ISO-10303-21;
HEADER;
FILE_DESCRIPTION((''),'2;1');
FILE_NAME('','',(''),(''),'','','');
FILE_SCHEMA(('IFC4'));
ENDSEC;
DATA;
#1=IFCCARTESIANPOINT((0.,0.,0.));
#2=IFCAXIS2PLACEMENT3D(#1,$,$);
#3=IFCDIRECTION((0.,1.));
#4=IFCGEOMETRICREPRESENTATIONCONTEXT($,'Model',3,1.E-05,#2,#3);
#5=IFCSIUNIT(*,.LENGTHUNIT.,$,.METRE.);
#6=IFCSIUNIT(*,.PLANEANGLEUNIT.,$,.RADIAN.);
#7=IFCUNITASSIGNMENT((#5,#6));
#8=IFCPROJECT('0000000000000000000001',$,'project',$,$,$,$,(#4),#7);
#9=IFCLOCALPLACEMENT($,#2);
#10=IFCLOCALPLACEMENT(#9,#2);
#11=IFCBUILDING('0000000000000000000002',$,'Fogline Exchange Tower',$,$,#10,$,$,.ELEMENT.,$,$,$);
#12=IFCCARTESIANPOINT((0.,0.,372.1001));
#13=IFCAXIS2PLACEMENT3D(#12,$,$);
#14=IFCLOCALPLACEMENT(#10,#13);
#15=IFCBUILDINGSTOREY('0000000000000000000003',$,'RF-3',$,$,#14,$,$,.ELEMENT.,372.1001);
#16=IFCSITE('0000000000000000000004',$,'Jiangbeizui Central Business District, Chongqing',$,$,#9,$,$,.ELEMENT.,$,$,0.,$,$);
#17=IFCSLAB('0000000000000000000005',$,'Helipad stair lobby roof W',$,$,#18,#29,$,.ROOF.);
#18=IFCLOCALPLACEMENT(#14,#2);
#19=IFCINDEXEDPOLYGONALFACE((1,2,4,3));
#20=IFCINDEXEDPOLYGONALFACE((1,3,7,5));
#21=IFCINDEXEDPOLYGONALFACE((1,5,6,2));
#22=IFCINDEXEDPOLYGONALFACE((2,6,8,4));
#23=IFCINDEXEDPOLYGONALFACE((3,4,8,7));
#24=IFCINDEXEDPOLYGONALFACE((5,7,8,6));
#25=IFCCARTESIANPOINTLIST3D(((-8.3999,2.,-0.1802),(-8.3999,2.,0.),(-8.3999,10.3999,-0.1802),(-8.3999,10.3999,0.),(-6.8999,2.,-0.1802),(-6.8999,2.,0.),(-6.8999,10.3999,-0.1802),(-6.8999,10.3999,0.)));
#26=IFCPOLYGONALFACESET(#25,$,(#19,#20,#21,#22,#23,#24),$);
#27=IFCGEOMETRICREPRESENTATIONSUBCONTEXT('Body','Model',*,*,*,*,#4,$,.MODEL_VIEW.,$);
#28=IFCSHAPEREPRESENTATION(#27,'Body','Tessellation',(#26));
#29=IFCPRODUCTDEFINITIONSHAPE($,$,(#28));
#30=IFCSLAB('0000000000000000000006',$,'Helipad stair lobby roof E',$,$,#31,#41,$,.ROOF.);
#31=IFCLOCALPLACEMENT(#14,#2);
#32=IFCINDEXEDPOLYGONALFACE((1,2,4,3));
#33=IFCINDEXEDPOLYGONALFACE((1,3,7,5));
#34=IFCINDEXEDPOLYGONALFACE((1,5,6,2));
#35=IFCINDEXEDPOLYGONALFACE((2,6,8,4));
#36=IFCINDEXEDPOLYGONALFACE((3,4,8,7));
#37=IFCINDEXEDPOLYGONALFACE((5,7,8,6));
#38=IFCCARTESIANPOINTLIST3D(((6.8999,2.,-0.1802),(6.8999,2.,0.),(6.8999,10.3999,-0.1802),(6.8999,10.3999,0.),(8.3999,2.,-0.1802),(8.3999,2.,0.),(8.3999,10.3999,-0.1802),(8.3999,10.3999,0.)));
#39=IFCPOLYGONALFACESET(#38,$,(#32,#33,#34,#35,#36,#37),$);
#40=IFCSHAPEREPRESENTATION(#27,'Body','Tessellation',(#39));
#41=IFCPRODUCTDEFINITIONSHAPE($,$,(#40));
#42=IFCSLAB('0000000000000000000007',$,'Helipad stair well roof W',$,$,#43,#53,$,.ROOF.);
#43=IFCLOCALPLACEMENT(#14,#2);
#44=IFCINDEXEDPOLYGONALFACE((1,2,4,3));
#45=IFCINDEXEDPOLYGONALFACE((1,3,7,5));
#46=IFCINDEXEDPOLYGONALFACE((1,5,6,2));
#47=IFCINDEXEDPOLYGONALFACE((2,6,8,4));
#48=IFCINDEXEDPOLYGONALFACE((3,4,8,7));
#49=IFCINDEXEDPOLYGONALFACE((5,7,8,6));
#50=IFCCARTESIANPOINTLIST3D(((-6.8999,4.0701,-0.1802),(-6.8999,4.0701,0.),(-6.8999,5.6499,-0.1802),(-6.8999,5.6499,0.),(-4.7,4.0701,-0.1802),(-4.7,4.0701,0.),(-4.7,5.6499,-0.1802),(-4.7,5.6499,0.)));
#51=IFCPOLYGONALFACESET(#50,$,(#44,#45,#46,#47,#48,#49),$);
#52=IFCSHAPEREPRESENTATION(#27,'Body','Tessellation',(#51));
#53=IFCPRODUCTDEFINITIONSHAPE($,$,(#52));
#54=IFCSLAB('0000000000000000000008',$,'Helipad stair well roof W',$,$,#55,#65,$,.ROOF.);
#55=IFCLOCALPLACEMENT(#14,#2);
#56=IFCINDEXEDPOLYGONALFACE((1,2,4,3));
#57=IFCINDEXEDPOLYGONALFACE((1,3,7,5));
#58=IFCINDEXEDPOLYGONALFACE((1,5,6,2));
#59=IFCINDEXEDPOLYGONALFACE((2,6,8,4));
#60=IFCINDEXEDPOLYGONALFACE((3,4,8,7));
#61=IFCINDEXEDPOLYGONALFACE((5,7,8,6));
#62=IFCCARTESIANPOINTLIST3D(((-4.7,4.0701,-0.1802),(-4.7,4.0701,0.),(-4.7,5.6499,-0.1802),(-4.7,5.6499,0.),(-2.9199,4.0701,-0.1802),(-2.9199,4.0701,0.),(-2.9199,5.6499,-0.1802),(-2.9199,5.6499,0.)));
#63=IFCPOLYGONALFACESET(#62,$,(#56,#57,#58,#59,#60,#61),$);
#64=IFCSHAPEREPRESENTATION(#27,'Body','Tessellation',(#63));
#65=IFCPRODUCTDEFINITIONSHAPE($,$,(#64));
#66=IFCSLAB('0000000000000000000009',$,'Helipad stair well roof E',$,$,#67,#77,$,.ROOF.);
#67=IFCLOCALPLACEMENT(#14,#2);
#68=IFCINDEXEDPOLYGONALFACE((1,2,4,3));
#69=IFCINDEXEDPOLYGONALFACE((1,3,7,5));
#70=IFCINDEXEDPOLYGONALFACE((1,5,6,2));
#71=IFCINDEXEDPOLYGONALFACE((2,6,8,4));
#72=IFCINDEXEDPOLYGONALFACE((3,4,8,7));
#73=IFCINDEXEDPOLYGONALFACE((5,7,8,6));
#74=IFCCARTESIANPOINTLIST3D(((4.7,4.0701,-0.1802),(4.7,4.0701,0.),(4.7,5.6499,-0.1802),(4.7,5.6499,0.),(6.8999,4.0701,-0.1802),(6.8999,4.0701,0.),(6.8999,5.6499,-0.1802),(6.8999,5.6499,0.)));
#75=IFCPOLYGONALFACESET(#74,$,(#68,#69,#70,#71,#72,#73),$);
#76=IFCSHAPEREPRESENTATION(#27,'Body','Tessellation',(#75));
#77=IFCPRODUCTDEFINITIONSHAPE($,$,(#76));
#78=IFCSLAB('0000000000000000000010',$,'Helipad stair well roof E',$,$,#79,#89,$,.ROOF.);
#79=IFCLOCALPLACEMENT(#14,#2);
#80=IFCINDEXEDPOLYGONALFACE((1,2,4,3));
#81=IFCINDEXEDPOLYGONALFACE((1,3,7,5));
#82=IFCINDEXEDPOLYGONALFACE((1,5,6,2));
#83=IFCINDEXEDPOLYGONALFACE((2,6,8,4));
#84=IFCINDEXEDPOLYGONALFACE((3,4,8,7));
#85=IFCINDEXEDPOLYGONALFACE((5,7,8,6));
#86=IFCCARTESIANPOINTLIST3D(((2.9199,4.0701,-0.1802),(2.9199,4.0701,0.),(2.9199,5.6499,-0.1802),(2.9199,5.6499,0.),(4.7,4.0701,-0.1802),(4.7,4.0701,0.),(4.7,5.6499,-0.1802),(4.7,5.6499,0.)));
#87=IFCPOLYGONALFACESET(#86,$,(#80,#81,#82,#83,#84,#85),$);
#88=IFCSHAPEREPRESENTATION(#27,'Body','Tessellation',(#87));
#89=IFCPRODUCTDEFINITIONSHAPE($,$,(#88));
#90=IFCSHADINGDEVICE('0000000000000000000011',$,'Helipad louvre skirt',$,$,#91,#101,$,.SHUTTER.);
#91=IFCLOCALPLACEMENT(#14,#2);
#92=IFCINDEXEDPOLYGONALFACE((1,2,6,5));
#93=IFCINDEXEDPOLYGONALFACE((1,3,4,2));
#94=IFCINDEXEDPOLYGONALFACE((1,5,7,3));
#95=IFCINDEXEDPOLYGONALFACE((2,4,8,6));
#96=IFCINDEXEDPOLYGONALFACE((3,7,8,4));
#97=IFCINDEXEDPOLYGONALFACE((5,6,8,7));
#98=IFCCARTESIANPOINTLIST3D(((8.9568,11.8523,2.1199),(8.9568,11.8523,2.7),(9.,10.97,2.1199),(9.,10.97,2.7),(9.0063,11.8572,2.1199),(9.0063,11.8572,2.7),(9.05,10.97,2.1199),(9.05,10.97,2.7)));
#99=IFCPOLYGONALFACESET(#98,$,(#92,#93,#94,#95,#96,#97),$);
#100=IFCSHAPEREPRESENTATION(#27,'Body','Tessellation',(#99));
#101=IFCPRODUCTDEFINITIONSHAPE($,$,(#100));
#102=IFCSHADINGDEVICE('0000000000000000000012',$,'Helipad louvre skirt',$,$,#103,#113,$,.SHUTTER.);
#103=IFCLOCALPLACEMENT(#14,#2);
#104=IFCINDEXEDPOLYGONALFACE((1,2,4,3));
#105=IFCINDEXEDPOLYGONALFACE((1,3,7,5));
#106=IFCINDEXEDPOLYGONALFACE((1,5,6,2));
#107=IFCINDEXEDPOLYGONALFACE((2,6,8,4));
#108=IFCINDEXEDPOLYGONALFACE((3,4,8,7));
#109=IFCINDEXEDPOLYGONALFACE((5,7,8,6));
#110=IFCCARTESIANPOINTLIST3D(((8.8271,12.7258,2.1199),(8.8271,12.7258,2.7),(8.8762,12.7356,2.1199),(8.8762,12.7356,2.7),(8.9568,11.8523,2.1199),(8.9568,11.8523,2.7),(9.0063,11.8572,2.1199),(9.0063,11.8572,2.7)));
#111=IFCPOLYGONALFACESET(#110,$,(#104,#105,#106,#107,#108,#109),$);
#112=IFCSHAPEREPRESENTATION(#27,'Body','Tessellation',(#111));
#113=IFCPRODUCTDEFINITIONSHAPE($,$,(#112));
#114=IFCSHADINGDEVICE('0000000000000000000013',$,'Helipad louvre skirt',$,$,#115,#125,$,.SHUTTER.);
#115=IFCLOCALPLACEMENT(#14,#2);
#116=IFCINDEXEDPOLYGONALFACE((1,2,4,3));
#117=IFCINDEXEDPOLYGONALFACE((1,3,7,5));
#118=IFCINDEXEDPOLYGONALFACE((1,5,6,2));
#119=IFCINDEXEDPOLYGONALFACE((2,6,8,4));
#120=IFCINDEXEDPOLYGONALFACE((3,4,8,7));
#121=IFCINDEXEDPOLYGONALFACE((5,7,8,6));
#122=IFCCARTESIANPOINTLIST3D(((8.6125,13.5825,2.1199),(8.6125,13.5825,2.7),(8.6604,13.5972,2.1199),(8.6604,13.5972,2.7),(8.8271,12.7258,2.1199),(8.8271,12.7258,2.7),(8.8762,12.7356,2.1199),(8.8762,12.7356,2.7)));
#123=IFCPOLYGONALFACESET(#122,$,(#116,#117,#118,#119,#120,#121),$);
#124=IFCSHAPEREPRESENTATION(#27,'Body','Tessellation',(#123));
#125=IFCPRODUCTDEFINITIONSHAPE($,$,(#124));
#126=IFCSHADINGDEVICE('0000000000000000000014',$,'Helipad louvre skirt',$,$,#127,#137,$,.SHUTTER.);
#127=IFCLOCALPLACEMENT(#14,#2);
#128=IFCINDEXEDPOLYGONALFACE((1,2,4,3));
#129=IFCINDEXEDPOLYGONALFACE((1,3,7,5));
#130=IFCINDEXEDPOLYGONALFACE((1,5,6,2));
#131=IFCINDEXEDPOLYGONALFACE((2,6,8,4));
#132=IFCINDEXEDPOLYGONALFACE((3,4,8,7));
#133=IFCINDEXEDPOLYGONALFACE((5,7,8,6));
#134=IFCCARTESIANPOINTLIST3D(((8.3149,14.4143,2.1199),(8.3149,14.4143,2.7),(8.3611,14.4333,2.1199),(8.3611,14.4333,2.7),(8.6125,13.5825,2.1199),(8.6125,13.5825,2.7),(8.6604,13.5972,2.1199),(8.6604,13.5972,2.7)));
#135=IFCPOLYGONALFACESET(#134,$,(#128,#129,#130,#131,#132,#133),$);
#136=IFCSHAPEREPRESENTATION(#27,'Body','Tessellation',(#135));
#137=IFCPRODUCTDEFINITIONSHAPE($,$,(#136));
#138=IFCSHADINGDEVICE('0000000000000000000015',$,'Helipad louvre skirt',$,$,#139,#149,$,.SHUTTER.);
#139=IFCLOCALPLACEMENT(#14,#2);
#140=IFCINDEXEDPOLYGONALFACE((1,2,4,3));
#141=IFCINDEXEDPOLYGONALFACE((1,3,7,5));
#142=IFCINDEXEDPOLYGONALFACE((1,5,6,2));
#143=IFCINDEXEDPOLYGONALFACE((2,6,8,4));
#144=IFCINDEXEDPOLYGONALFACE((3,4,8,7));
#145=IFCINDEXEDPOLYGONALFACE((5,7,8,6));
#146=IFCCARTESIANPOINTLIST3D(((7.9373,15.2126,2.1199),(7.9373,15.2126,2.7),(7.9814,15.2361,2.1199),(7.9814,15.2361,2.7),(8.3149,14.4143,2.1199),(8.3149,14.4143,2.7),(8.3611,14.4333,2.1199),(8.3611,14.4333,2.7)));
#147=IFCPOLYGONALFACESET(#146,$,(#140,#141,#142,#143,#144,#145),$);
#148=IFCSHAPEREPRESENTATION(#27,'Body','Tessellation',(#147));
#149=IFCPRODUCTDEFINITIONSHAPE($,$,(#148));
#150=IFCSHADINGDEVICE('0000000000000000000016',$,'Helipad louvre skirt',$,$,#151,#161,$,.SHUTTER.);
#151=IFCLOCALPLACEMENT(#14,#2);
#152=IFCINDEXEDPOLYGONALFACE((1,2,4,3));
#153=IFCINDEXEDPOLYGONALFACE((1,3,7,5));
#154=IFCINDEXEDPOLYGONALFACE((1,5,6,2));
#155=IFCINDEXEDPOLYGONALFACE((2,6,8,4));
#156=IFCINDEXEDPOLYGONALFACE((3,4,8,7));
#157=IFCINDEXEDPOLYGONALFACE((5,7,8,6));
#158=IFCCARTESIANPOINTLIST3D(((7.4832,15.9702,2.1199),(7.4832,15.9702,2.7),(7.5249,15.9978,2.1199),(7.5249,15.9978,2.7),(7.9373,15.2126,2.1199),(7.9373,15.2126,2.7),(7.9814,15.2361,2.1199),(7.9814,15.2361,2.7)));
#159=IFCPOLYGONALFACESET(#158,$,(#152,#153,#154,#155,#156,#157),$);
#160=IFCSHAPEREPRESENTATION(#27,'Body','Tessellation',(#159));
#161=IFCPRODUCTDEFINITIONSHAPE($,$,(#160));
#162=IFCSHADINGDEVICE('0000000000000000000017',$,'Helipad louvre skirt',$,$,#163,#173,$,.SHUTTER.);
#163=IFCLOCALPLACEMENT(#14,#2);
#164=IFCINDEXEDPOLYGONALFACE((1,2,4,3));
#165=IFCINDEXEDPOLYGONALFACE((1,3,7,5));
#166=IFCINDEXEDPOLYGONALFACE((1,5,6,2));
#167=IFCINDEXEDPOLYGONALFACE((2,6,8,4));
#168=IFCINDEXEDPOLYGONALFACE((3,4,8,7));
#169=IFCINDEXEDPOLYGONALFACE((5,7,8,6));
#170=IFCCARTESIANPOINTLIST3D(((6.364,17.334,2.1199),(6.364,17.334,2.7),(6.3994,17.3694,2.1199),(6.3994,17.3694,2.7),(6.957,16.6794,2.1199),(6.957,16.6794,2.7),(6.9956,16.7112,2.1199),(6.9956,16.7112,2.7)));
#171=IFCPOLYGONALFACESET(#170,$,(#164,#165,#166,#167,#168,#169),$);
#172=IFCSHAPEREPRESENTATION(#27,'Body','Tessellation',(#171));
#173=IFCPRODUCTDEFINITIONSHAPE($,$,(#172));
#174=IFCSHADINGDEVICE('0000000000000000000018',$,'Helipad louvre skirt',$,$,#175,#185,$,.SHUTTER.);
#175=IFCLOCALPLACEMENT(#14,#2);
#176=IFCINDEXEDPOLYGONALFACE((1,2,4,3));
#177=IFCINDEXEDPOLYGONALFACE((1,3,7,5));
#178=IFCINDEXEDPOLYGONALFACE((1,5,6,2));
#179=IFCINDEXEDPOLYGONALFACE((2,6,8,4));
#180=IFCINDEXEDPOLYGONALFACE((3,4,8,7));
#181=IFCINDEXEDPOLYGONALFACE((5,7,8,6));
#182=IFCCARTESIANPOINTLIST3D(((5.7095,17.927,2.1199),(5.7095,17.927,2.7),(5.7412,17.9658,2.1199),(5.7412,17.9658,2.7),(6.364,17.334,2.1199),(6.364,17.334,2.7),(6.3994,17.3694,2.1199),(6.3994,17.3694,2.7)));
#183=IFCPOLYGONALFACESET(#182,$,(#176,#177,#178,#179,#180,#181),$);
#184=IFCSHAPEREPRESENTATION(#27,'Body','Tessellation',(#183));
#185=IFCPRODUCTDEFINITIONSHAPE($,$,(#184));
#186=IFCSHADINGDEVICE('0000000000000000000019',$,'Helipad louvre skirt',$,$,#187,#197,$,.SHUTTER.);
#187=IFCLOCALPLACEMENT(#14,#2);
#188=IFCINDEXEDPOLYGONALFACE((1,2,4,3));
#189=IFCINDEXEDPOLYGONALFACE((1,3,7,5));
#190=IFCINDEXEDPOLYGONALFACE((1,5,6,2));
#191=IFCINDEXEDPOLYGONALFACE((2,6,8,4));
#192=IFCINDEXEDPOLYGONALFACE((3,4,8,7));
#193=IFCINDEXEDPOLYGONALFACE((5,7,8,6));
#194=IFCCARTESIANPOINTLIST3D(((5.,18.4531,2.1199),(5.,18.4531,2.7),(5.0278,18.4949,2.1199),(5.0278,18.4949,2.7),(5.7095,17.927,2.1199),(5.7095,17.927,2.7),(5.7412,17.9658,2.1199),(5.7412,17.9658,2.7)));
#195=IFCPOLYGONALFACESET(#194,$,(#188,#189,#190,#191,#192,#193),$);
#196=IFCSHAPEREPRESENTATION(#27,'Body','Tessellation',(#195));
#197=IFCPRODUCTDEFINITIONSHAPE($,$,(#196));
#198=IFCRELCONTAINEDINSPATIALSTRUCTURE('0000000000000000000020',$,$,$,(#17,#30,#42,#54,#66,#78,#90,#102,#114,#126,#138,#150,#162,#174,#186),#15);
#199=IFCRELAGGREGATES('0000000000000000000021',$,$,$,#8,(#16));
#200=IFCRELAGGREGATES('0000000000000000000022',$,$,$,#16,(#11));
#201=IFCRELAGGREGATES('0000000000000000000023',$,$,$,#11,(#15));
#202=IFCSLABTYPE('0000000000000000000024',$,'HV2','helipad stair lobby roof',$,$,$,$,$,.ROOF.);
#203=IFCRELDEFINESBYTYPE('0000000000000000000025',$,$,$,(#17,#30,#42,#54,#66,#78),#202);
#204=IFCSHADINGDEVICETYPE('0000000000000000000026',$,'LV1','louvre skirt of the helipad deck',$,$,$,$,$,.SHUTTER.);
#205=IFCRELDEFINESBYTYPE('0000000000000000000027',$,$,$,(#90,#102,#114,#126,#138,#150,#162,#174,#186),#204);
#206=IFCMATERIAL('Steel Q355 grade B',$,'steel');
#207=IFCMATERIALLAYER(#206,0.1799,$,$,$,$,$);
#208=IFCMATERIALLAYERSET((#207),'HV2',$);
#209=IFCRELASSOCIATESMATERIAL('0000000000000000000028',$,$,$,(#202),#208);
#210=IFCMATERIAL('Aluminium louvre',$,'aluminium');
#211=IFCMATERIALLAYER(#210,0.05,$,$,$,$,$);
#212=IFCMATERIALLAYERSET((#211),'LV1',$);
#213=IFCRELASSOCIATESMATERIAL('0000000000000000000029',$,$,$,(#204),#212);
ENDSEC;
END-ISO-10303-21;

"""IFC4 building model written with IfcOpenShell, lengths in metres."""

from ifc_helpers import new_model, si_unit, direction, frame, origin, place, context, subcontext, project, spatial, polyline, outline, extrude, material, layer, layer_set, type_object, element, save


model = new_model("IFC4")

# Units and contexts
model_context = context("Model", 3, precision=1e-05, world=origin(), true_north=direction((0.0, 1.0)))
body_context = subcontext(model_context, "Body", "Model", "MODEL_VIEW")
ifc_project = project(units=[si_unit("LENGTHUNIT", "METRE"), si_unit("PLANEANGLEUNIT", "RADIAN")], contexts=[model_context])

# Site, building, storey
site_placement = place(None, origin())
site = spatial("IfcSite", under=ifc_project, at=site_placement, Name="Jiangbeizui Central Business District, Chongqing", CompositionType="ELEMENT", RefElevation=0.0)
building_placement = place(site_placement, origin())
building = spatial("IfcBuilding", under=site, at=building_placement, Name="Fogline Exchange Tower", CompositionType="ELEMENT")
storey_placement = place(building_placement, frame((0.0, 0.0, 372.1001)))
storey = spatial("IfcBuildingStorey", under=building, at=storey_placement, Name="RF-3", CompositionType="ELEMENT", Elevation=372.1001)

# Slabs
ifc_material_1 = material(Name="Steel Q355 grade B", Category="steel")
ifc_layer_1 = layer(ifc_material_1, 0.1799)
ifc_layer_set_1 = layer_set([ifc_layer_1], Name="HV2")
slab_type = type_object("IfcSlabType", Name="HV2", Description="helipad stair lobby roof", PredefinedType="ROOF", material=ifc_layer_set_1)
slab_1_placement = place(storey_placement, frame((0.0, 0.0, -0.1802)))
element("IfcSlab", 1, at=slab_1_placement, inside=storey, type_object=slab_type, Name="Helipad stair lobby roof W", PredefinedType="ROOF", context=body_context, shape_type="SweptSolid", body=[
    extrude(outline(polyline([(-6.8999, 2.0), (-6.8999, 10.3999), (-8.3999, 10.3999), (-8.3999, 2.0), (-6.8999, 2.0)])), origin(), (0.0, 0.0, 1.0), 0.1802),
])
slab_2_placement = place(storey_placement, frame((0.0, 0.0, -0.1802)))
element("IfcSlab", 2, at=slab_2_placement, inside=storey, type_object=slab_type, Name="Helipad stair lobby roof E", PredefinedType="ROOF", context=body_context, shape_type="SweptSolid", body=[
    extrude(outline(polyline([(8.3999, 2.0), (8.3999, 10.3999), (6.8999, 10.3999), (6.8999, 2.0), (8.3999, 2.0)])), origin(), (0.0, 0.0, 1.0), 0.1802),
])
slab_3_placement = place(storey_placement, frame((0.0, 0.0, -0.1802)))
element("IfcSlab", 3, at=slab_3_placement, inside=storey, type_object=slab_type, Name="Helipad stair well roof W", PredefinedType="ROOF", context=body_context, shape_type="SweptSolid", body=[
    extrude(outline(polyline([(-4.7, 4.0701), (-4.7, 5.6499), (-6.8999, 5.6499), (-6.8999, 4.0701), (-4.7, 4.0701)])), origin(), (0.0, 0.0, 1.0), 0.1802),
])
slab_4_placement = place(storey_placement, frame((0.0, 0.0, -0.1802)))
element("IfcSlab", 4, at=slab_4_placement, inside=storey, type_object=slab_type, Name="Helipad stair well roof W", PredefinedType="ROOF", context=body_context, shape_type="SweptSolid", body=[
    extrude(outline(polyline([(-2.9199, 4.0701), (-2.9199, 5.6499), (-4.7, 5.6499), (-4.7, 4.0701), (-2.9199, 4.0701)])), origin(), (0.0, 0.0, 1.0), 0.1802),
])
slab_5_placement = place(storey_placement, frame((0.0, 0.0, -0.1802)))
element("IfcSlab", 5, at=slab_5_placement, inside=storey, type_object=slab_type, Name="Helipad stair well roof E", PredefinedType="ROOF", context=body_context, shape_type="SweptSolid", body=[
    extrude(outline(polyline([(6.8999, 4.0701), (6.8999, 5.6499), (4.7, 5.6499), (4.7, 4.0701), (6.8999, 4.0701)])), origin(), (0.0, 0.0, 1.0), 0.1802),
])
slab_6_placement = place(storey_placement, frame((0.0, 0.0, -0.1802)))
element("IfcSlab", 6, at=slab_6_placement, inside=storey, type_object=slab_type, Name="Helipad stair well roof E", PredefinedType="ROOF", context=body_context, shape_type="SweptSolid", body=[
    extrude(outline(polyline([(4.7, 4.0701), (4.7, 5.6499), (2.9199, 5.6499), (2.9199, 4.0701), (4.7, 4.0701)])), origin(), (0.0, 0.0, 1.0), 0.1802),
])

# Shading devices
ifc_material_2 = material(Name="Aluminium louvre", Category="aluminium")
ifc_layer_2 = layer(ifc_material_2, 0.05)
ifc_layer_set_2 = layer_set([ifc_layer_2], Name="LV1")
shading_device_type = type_object("IfcShadingDeviceType", Name="LV1", Description="louvre skirt of the helipad deck", PredefinedType="SHUTTER", material=ifc_layer_set_2)
shading_device_1_placement = place(storey_placement, frame((0.0, 0.0, 2.1199)))
element("IfcShadingDevice", 7, at=shading_device_1_placement, inside=storey, type_object=shading_device_type, Name="Helipad louvre skirt", PredefinedType="SHUTTER", context=body_context, shape_type="SweptSolid", body=[
    extrude(outline(polyline([(9.0, 10.97), (9.05, 10.97), (9.0063, 11.8572), (8.9568, 11.8523), (9.0, 10.97)])), origin(), (0.0, 0.0, 1.0), 0.5801),
])
shading_device_2_placement = place(storey_placement, frame((0.0, 0.0, 2.1199)))
element("IfcShadingDevice", 8, at=shading_device_2_placement, inside=storey, type_object=shading_device_type, Name="Helipad louvre skirt", PredefinedType="SHUTTER", context=body_context, shape_type="SweptSolid", body=[
    extrude(outline(polyline([(8.9568, 11.8523), (9.0063, 11.8572), (8.8762, 12.7356), (8.8271, 12.7258), (8.9568, 11.8523)])), origin(), (0.0, 0.0, 1.0), 0.5801),
])
shading_device_3_placement = place(storey_placement, frame((0.0, 0.0, 2.1199)))
element("IfcShadingDevice", 9, at=shading_device_3_placement, inside=storey, type_object=shading_device_type, Name="Helipad louvre skirt", PredefinedType="SHUTTER", context=body_context, shape_type="SweptSolid", body=[
    extrude(outline(polyline([(8.8271, 12.7258), (8.8762, 12.7356), (8.6604, 13.5972), (8.6125, 13.5825), (8.8271, 12.7258)])), origin(), (0.0, 0.0, 1.0), 0.5801),
])
shading_device_4_placement = place(storey_placement, frame((0.0, 0.0, 2.1199)))
element("IfcShadingDevice", 10, at=shading_device_4_placement, inside=storey, type_object=shading_device_type, Name="Helipad louvre skirt", PredefinedType="SHUTTER", context=body_context, shape_type="SweptSolid", body=[
    extrude(outline(polyline([(8.6125, 13.5825), (8.6604, 13.5972), (8.3611, 14.4333), (8.3149, 14.4143), (8.6125, 13.5825)])), origin(), (0.0, 0.0, 1.0), 0.5801),
])
shading_device_5_placement = place(storey_placement, frame((0.0, 0.0, 2.1199)))
element("IfcShadingDevice", 11, at=shading_device_5_placement, inside=storey, type_object=shading_device_type, Name="Helipad louvre skirt", PredefinedType="SHUTTER", context=body_context, shape_type="SweptSolid", body=[
    extrude(outline(polyline([(8.3149, 14.4143), (8.3611, 14.4333), (7.9814, 15.2361), (7.9373, 15.2126), (8.3149, 14.4143)])), origin(), (0.0, 0.0, 1.0), 0.5801),
])
shading_device_6_placement = place(storey_placement, frame((0.0, 0.0, 2.1199)))
element("IfcShadingDevice", 12, at=shading_device_6_placement, inside=storey, type_object=shading_device_type, Name="Helipad louvre skirt", PredefinedType="SHUTTER", context=body_context, shape_type="SweptSolid", body=[
    extrude(outline(polyline([(7.9373, 15.2126), (7.9814, 15.2361), (7.5249, 15.9978), (7.4832, 15.9702), (7.9373, 15.2126)])), origin(), (0.0, 0.0, 1.0), 0.5801),
])
shading_device_7_placement = place(storey_placement, frame((0.0, 0.0, 2.1199)))
element("IfcShadingDevice", 13, at=shading_device_7_placement, inside=storey, type_object=shading_device_type, Name="Helipad louvre skirt", PredefinedType="SHUTTER", context=body_context, shape_type="SweptSolid", body=[
    extrude(outline(polyline([(6.957, 16.6794), (6.9956, 16.7112), (6.3994, 17.3694), (6.364, 17.334), (6.957, 16.6794)])), origin(), (0.0, 0.0, 1.0), 0.5801),
])
shading_device_8_placement = place(storey_placement, frame((0.0, 0.0, 2.1199)))
element("IfcShadingDevice", 14, at=shading_device_8_placement, inside=storey, type_object=shading_device_type, Name="Helipad louvre skirt", PredefinedType="SHUTTER", context=body_context, shape_type="SweptSolid", body=[
    extrude(outline(polyline([(6.364, 17.334), (6.3994, 17.3694), (5.7412, 17.9658), (5.7095, 17.927), (6.364, 17.334)])), origin(), (0.0, 0.0, 1.0), 0.5801),
])
shading_device_9_placement = place(storey_placement, frame((0.0, 0.0, 2.1199)))
element("IfcShadingDevice", 15, at=shading_device_9_placement, inside=storey, type_object=shading_device_type, Name="Helipad louvre skirt", PredefinedType="SHUTTER", context=body_context, shape_type="SweptSolid", body=[
    extrude(outline(polyline([(5.7095, 17.927), (5.7412, 17.9658), (5.0278, 18.4949), (5.0, 18.4531), (5.7095, 17.927)])), origin(), (0.0, 0.0, 1.0), 0.5801),
])

save(model, "model.ifc")
